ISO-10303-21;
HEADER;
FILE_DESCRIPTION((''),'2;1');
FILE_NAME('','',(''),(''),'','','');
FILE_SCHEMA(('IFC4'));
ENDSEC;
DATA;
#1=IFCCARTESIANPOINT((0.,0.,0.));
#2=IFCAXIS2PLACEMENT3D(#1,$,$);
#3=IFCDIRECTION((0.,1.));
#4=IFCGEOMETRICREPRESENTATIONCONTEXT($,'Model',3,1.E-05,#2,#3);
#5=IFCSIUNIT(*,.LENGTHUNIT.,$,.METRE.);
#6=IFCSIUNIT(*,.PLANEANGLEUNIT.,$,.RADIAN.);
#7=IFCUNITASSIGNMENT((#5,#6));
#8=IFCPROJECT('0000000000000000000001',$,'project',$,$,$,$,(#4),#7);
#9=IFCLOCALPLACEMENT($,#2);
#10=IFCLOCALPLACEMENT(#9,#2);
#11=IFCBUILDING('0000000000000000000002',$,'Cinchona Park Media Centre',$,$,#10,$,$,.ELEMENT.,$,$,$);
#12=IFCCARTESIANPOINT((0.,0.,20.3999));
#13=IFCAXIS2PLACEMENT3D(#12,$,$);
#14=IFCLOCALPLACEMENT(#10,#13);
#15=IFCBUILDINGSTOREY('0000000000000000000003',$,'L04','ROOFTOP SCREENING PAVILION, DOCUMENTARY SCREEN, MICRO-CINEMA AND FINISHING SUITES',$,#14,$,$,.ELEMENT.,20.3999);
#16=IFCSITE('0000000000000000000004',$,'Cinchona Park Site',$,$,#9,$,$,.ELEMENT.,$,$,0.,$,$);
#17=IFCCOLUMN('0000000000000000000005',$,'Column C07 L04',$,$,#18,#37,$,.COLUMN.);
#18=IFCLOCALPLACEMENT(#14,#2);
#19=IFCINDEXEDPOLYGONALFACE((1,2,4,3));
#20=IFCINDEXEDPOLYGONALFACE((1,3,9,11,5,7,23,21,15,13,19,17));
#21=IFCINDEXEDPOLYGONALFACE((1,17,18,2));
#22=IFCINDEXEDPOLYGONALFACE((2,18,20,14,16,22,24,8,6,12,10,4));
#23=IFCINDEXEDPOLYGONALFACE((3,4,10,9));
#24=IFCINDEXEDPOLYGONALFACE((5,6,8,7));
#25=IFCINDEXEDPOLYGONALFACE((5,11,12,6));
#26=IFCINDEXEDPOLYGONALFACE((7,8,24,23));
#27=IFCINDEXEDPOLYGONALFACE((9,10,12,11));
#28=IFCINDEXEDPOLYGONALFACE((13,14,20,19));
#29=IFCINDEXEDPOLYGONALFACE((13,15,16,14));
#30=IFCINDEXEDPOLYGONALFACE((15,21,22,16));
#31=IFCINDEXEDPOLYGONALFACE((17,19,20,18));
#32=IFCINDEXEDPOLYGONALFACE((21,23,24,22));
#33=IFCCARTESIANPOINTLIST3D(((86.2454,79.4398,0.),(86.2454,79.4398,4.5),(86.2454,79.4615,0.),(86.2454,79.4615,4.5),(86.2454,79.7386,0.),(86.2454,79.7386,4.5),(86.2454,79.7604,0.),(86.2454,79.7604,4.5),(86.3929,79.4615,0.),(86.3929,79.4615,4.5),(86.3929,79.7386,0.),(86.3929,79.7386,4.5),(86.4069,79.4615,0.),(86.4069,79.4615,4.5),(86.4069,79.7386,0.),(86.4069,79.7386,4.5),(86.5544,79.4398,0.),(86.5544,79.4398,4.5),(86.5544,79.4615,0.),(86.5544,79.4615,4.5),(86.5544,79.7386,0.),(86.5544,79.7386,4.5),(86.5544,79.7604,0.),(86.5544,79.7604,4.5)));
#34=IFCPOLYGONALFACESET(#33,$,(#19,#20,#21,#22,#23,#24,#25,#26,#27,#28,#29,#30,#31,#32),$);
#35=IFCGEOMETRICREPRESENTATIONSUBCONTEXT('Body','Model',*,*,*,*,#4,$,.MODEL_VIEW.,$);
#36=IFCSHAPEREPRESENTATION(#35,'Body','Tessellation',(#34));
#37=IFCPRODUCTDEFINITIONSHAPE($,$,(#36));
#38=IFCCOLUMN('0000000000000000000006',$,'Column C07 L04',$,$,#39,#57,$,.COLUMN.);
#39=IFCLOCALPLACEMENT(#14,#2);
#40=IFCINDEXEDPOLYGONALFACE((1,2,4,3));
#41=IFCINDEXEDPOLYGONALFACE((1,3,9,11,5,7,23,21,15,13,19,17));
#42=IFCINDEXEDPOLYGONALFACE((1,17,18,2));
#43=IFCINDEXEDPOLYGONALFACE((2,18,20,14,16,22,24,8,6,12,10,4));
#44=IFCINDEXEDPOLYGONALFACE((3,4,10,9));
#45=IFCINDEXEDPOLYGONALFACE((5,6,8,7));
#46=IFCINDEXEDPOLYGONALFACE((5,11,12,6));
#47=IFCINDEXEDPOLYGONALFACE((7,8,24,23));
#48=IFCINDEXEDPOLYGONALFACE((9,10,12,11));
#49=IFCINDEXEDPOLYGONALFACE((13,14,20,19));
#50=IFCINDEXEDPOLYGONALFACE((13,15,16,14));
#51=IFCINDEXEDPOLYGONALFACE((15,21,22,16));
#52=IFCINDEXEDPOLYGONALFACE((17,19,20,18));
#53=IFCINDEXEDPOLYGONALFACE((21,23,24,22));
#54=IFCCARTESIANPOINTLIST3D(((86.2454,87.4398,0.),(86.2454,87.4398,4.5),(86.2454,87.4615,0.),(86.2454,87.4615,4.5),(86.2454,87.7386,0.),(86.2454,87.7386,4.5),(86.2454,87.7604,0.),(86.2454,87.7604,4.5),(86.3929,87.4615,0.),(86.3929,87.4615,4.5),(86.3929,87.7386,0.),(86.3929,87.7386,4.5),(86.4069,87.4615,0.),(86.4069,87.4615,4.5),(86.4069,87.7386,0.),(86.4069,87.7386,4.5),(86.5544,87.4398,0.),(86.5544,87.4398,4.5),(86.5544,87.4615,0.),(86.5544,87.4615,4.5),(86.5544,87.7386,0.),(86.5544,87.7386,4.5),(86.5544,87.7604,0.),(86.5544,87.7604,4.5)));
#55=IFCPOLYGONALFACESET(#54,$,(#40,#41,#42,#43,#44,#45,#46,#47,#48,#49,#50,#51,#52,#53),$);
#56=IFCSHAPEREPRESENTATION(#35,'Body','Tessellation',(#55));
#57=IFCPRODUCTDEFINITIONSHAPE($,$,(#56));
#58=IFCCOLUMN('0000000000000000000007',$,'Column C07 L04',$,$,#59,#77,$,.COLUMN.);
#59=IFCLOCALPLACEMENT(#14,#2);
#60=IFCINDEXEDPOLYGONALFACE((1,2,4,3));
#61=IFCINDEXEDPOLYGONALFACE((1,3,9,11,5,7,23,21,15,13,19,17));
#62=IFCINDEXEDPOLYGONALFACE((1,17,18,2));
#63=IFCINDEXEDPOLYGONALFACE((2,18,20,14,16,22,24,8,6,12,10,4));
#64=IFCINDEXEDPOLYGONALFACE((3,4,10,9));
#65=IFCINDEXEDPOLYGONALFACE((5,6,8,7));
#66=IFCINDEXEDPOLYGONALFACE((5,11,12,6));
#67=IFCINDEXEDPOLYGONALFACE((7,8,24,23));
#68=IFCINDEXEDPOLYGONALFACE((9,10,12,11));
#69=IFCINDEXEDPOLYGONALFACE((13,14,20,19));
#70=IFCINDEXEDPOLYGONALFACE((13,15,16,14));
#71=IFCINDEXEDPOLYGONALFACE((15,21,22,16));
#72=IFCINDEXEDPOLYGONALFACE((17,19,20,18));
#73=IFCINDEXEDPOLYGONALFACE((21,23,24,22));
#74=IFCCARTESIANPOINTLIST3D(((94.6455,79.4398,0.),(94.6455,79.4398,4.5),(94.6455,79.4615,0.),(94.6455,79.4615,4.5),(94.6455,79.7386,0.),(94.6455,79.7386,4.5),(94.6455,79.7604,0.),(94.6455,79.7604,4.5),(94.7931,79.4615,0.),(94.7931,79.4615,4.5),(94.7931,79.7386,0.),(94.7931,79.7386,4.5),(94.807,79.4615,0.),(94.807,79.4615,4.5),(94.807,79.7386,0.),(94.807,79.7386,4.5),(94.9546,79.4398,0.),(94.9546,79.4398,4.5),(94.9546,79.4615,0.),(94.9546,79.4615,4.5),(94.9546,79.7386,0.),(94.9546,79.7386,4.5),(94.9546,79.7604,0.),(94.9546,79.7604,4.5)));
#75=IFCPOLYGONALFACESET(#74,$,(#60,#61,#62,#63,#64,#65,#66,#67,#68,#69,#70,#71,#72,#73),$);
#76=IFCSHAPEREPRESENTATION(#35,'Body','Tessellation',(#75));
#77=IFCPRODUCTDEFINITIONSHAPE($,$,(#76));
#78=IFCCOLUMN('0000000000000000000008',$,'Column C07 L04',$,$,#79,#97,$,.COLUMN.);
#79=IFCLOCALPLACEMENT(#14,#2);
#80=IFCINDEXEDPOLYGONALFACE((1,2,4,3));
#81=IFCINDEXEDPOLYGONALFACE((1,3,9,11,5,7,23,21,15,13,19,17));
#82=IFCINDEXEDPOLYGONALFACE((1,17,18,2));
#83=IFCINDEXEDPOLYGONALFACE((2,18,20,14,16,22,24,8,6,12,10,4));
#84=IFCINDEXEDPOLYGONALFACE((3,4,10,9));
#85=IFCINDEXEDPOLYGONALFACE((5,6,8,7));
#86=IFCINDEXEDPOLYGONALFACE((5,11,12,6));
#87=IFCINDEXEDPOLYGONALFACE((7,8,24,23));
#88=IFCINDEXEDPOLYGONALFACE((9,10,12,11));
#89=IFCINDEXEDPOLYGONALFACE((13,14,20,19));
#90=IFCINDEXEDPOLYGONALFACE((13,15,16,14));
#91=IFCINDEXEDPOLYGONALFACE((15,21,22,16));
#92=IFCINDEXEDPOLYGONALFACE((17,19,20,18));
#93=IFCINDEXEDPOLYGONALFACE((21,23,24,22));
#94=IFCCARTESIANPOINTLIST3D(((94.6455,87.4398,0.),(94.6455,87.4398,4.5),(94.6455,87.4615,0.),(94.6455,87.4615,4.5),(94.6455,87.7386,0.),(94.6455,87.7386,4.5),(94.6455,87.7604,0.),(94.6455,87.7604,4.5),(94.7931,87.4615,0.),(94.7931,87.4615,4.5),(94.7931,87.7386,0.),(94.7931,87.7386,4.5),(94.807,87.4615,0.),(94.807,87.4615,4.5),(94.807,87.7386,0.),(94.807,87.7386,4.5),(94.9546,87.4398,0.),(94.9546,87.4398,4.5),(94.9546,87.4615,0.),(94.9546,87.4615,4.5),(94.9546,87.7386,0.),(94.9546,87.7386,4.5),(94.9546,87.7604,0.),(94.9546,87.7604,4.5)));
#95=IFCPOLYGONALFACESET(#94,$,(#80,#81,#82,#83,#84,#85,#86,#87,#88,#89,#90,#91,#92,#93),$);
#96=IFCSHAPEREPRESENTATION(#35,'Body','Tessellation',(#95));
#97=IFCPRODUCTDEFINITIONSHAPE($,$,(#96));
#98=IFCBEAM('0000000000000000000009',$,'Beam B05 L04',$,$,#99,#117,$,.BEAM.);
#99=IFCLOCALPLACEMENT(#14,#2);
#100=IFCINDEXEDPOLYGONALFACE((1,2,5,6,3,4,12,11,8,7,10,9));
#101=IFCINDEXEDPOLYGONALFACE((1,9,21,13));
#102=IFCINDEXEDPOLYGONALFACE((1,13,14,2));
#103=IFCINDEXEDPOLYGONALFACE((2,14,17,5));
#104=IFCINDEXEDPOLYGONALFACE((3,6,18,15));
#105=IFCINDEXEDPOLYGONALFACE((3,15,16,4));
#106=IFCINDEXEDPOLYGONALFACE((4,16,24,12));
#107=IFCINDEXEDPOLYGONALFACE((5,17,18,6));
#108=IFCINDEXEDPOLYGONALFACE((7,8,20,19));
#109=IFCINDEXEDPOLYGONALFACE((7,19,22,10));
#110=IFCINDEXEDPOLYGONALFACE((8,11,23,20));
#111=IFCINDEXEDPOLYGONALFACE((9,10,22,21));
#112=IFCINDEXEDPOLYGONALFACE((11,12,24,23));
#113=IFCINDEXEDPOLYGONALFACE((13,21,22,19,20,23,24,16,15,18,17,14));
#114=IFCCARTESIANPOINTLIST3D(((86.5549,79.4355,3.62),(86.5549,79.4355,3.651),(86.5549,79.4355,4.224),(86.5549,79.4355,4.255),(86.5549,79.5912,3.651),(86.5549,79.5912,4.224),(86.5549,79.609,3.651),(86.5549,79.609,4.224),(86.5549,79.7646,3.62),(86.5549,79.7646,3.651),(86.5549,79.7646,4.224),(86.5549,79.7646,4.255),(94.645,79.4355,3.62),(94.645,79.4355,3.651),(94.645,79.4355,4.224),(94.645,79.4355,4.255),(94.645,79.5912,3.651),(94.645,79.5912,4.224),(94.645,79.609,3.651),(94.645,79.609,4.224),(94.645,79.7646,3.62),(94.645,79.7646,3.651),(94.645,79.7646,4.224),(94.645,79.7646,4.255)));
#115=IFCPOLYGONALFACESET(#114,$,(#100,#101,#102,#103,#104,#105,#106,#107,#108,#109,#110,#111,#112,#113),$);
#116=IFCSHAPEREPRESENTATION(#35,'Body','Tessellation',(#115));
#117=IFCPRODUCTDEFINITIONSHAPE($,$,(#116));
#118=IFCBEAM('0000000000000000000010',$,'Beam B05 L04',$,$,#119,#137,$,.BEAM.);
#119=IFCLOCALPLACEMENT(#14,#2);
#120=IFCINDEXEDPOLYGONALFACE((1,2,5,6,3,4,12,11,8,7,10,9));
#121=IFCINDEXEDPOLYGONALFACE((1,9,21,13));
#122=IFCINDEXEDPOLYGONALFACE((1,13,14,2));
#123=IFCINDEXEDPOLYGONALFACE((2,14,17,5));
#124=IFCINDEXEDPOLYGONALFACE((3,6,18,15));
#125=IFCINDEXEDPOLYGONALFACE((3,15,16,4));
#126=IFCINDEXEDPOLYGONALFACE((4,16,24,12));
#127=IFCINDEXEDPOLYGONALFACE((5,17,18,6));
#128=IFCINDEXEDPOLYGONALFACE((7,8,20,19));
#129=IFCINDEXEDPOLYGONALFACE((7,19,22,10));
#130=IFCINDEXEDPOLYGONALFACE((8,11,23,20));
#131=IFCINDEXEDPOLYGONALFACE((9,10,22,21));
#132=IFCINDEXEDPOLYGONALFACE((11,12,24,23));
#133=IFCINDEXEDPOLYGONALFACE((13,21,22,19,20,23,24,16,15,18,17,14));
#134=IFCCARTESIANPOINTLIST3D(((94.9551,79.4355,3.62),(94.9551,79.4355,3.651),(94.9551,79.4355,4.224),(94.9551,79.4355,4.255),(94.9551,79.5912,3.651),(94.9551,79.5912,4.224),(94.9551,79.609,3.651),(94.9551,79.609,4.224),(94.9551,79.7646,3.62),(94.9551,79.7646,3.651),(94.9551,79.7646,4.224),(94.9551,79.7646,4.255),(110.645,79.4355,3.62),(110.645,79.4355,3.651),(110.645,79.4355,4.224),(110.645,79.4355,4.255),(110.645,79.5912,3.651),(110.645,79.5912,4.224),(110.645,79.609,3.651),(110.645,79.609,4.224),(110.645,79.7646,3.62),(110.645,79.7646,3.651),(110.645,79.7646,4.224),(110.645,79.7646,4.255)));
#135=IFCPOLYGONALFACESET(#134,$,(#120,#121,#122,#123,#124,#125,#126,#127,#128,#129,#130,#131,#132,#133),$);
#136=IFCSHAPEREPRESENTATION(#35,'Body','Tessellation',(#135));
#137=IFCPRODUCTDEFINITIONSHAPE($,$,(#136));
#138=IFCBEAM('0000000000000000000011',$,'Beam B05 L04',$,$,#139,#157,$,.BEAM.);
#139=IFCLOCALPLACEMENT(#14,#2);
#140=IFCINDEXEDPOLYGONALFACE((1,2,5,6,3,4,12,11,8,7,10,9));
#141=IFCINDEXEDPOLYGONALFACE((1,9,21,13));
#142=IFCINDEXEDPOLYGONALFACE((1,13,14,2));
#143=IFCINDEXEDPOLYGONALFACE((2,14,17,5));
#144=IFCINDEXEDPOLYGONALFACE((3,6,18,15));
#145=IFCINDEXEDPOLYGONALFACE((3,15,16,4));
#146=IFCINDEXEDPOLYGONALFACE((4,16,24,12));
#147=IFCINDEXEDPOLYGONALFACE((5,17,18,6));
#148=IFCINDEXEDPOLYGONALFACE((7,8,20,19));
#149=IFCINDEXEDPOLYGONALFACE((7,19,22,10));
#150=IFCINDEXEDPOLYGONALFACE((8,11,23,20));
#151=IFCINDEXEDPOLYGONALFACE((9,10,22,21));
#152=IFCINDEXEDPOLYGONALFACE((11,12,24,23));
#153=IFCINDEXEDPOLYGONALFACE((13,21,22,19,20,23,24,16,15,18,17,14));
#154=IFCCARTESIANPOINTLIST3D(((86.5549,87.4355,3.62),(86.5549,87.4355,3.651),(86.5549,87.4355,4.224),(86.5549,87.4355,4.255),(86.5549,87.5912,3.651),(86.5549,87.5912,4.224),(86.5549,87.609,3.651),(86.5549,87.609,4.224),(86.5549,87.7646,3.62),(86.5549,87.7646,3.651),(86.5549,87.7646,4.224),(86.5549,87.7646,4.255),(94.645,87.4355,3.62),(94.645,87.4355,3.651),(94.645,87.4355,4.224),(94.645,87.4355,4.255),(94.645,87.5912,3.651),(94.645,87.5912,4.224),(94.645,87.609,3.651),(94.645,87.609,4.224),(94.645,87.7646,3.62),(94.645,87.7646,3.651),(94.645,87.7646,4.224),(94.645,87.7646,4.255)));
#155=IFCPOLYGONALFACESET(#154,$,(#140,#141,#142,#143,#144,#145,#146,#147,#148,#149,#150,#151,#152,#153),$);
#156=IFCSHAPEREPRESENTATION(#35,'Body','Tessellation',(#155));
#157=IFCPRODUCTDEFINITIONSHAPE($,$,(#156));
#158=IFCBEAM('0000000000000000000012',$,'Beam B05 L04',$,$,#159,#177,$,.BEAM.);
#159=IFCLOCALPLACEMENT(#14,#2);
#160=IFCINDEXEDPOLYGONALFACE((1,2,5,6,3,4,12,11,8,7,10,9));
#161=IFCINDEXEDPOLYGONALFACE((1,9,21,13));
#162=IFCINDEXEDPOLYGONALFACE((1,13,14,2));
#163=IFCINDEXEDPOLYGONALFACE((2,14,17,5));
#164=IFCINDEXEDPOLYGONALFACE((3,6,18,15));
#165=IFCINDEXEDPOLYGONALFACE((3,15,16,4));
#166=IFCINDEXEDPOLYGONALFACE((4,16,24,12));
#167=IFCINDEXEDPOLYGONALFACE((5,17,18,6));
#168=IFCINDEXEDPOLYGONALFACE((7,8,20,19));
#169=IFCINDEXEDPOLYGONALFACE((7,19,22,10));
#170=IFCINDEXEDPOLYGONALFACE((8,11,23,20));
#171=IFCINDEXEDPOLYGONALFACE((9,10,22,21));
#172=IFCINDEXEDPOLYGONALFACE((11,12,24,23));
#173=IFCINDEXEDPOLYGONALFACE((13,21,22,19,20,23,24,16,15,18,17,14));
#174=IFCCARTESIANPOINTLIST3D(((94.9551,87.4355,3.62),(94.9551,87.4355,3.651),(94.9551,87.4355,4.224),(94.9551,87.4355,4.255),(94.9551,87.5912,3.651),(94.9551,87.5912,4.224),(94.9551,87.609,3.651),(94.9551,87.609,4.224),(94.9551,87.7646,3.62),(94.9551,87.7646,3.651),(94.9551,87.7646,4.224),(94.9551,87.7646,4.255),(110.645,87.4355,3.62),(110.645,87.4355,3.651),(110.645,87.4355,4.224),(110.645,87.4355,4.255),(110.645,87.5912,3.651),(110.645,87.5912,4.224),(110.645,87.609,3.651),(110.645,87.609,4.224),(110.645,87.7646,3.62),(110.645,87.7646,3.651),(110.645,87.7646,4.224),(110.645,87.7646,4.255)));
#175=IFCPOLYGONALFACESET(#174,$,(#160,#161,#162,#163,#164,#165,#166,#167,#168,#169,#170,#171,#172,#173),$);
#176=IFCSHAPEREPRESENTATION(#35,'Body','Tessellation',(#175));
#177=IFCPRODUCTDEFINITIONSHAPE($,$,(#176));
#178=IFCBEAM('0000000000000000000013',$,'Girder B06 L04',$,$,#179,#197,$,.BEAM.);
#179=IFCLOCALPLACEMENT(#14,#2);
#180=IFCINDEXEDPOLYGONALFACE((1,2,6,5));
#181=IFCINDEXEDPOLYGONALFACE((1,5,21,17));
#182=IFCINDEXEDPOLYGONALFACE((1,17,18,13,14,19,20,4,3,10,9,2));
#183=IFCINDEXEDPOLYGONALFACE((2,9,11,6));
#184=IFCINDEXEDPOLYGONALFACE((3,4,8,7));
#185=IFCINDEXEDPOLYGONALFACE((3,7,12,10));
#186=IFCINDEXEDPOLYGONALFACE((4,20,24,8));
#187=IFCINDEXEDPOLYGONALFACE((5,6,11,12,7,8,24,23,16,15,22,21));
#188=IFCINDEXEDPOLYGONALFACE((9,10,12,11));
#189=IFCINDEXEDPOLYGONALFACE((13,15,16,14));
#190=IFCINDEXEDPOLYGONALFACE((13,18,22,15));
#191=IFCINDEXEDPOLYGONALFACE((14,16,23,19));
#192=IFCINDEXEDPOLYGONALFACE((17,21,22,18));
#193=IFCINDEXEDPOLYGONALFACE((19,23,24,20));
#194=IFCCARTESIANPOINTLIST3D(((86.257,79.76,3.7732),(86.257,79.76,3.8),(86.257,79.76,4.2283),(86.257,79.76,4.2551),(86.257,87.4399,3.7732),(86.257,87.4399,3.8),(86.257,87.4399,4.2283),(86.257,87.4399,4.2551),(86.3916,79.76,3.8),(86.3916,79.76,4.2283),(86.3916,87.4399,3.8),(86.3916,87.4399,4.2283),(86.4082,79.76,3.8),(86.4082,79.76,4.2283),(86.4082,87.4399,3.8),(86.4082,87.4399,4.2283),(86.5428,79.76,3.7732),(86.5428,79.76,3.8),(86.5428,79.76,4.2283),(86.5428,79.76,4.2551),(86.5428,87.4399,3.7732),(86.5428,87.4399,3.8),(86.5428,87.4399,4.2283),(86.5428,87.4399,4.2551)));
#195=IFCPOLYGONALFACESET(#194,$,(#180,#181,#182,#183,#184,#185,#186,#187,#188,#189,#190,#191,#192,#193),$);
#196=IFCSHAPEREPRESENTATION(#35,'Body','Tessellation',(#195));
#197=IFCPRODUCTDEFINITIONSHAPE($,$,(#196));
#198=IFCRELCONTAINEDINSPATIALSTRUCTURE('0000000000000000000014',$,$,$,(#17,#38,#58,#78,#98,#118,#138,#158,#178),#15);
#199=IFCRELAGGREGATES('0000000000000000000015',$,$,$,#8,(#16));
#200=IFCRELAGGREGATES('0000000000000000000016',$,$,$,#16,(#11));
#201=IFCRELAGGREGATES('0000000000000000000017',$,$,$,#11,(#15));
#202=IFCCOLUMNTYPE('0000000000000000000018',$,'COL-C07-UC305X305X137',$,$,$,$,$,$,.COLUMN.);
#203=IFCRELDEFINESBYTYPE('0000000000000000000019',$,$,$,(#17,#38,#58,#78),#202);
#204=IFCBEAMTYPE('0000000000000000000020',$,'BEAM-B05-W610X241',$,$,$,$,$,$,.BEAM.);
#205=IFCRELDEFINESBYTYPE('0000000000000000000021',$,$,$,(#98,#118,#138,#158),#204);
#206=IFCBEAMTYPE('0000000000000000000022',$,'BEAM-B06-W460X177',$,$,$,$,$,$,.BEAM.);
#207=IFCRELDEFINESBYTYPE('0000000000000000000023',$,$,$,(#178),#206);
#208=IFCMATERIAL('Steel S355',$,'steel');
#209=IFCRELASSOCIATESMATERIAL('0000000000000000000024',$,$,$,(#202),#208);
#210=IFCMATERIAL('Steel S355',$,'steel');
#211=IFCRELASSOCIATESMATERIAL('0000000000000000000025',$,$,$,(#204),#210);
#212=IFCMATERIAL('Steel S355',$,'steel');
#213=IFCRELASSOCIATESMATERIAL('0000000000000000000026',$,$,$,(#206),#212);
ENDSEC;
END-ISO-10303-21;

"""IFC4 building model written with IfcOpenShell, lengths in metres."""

from ifc_helpers import new_model, si_unit, direction, frame, origin, origin_2d, place, context, subcontext, project, spatial, i_section, extrude, material, material_profile, profile_set, type_object, element, save


model = new_model("IFC4")

# Units and contexts
model_context = context("Model", 3, precision=1e-05, world=origin(), true_north=direction((0.0, 1.0)))
body_context = subcontext(model_context, "Body", "Model", "MODEL_VIEW")
ifc_project = project(units=[si_unit("LENGTHUNIT", "METRE"), si_unit("PLANEANGLEUNIT", "RADIAN")], contexts=[model_context])

# Site, building, storey
site_placement = place(None, origin())
site = spatial("IfcSite", under=ifc_project, at=site_placement, Name="Cinchona Park Site", CompositionType="ELEMENT", RefElevation=0.0)
building_placement = place(site_placement, origin())
building = spatial("IfcBuilding", under=site, at=building_placement, Name="Cinchona Park Media Centre", CompositionType="ELEMENT")
storey_placement = place(building_placement, frame((0.0, 0.0, 20.3999)))
storey = spatial("IfcBuildingStorey", under=building, at=storey_placement, Name="L04", Description="ROOFTOP SCREENING PAVILION, DOCUMENTARY SCREEN, MICRO-CINEMA AND FINISHING SUITES", CompositionType="ELEMENT", Elevation=20.3999)

# Columns
ifc_material_1 = material(Name="Steel S355", Category="steel")
ifc_material_profile_1 = material_profile(ifc_material_1, i_section(OverallWidth=0.3091, OverallDepth=0.3206, WebThickness=0.0139, FlangeThickness=0.0217, at=origin_2d()), Name="UC305X305X137")
ifc_profile_set_1 = profile_set([ifc_material_profile_1], Name="Steel S355")
column_type = type_object("IfcColumnType", Name="COL-C07-UC305X305X137", PredefinedType="COLUMN", material=ifc_profile_set_1)
for number, where, z_axis, x_axis, name in (
    (1, (86.3999, 79.6001, 0.0), (0.0, 0.0, 1.0), (1.0, 0.0, 0.0), "Column C07 L04"),
    (2, (86.3999, 87.6001, 0.0), (0.0, 0.0, 1.0), (1.0, 0.0, 0.0), "Column C07 L04"),
    (3, (94.8, 79.6001, 0.0), (0.0, 0.0, 1.0), (1.0, 0.0, 0.0), "Column C07 L04"),
    (4, (94.8, 87.6001, 0.0), (0.0, 0.0, 1.0), (1.0, 0.0, 0.0), "Column C07 L04"),
):
    element("IfcColumn", number, at=place(storey_placement, frame(where, z_axis=z_axis, x_axis=x_axis)), inside=storey, type_object=column_type, Name=name, PredefinedType="COLUMN", context=body_context, shape_type="SweptSolid", body=[
        extrude(i_section(OverallWidth=0.3091, OverallDepth=0.3206, WebThickness=0.0139, FlangeThickness=0.0217, at=origin_2d()), origin(), (0.0, 0.0, 1.0), 4.5),
    ])

# Beams
ifc_material_2 = material(Name="Steel S355", Category="steel")
ifc_material_profile_2 = material_profile(ifc_material_2, i_section(OverallWidth=0.3291, OverallDepth=0.635, WebThickness=0.0178, FlangeThickness=0.031, at=origin_2d()), Name="W610X241")
ifc_profile_set_2 = profile_set([ifc_material_profile_2], Name="Steel S355")
beam_type_1 = type_object("IfcBeamType", Name="BEAM-B05-W610X241", PredefinedType="BEAM", material=ifc_profile_set_2)
beam_1_placement = place(storey_placement, frame((86.5549, 79.6001, 3.9375), z_axis=(1.0, 0.0, 0.0), x_axis=(0.0, 1.0, 0.0)))
element("IfcBeam", 5, at=beam_1_placement, inside=storey, type_object=beam_type_1, Name="Beam B05 L04", PredefinedType="BEAM", context=body_context, shape_type="SweptSolid", body=[
    extrude(i_section(OverallWidth=0.3291, OverallDepth=0.635, WebThickness=0.0178, FlangeThickness=0.031, at=origin_2d()), origin(), (0.0, 0.0, 1.0), 8.0901),
])
beam_2_placement = place(storey_placement, frame((94.9551, 79.6001, 3.9375), z_axis=(1.0, 0.0, 0.0), x_axis=(0.0, 1.0, 0.0)))
element("IfcBeam", 6, at=beam_2_placement, inside=storey, type_object=beam_type_1, Name="Beam B05 L04", PredefinedType="BEAM", context=body_context, shape_type="SweptSolid", body=[
    extrude(i_section(OverallWidth=0.3291, OverallDepth=0.635, WebThickness=0.0178, FlangeThickness=0.031, at=origin_2d()), origin(), (0.0, 0.0, 1.0), 15.6899),
])
beam_3_placement = place(storey_placement, frame((86.5549, 87.6001, 3.9375), z_axis=(1.0, 0.0, 0.0), x_axis=(0.0, 1.0, 0.0)))
element("IfcBeam", 7, at=beam_3_placement, inside=storey, type_object=beam_type_1, Name="Beam B05 L04", PredefinedType="BEAM", context=body_context, shape_type="SweptSolid", body=[
    extrude(i_section(OverallWidth=0.3291, OverallDepth=0.635, WebThickness=0.0178, FlangeThickness=0.031, at=origin_2d()), origin(), (0.0, 0.0, 1.0), 8.0901),
])
beam_4_placement = place(storey_placement, frame((94.9551, 87.6001, 3.9375), z_axis=(1.0, 0.0, 0.0), x_axis=(0.0, 1.0, 0.0)))
element("IfcBeam", 8, at=beam_4_placement, inside=storey, type_object=beam_type_1, Name="Beam B05 L04", PredefinedType="BEAM", context=body_context, shape_type="SweptSolid", body=[
    extrude(i_section(OverallWidth=0.3291, OverallDepth=0.635, WebThickness=0.0178, FlangeThickness=0.031, at=origin_2d()), origin(), (0.0, 0.0, 1.0), 15.6899),
])
ifc_material_3 = material(Name="Steel S355", Category="steel")
ifc_material_profile_3 = material_profile(ifc_material_3, i_section(OverallWidth=0.2859, OverallDepth=0.4819, WebThickness=0.0166, FlangeThickness=0.0269, at=origin_2d()), Name="W460X177")
ifc_profile_set_3 = profile_set([ifc_material_profile_3], Name="Steel S355")
beam_type_2 = type_object("IfcBeamType", Name="BEAM-B06-W460X177", PredefinedType="BEAM", material=ifc_profile_set_3)
beam_5_placement = place(storey_placement, frame((86.3999, 79.76, 4.0142), z_axis=(0.0, 1.0, 0.0), x_axis=(-1.0, 0.0, 0.0)))
element("IfcBeam", 9, at=beam_5_placement, inside=storey, type_object=beam_type_2, Name="Girder B06 L04", PredefinedType="BEAM", context=body_context, shape_type="SweptSolid", body=[
    extrude(i_section(OverallWidth=0.2859, OverallDepth=0.4819, WebThickness=0.0166, FlangeThickness=0.0269, at=origin_2d()), origin(), (0.0, 0.0, 1.0), 7.6799),
])

save(model, "model.ifc")
